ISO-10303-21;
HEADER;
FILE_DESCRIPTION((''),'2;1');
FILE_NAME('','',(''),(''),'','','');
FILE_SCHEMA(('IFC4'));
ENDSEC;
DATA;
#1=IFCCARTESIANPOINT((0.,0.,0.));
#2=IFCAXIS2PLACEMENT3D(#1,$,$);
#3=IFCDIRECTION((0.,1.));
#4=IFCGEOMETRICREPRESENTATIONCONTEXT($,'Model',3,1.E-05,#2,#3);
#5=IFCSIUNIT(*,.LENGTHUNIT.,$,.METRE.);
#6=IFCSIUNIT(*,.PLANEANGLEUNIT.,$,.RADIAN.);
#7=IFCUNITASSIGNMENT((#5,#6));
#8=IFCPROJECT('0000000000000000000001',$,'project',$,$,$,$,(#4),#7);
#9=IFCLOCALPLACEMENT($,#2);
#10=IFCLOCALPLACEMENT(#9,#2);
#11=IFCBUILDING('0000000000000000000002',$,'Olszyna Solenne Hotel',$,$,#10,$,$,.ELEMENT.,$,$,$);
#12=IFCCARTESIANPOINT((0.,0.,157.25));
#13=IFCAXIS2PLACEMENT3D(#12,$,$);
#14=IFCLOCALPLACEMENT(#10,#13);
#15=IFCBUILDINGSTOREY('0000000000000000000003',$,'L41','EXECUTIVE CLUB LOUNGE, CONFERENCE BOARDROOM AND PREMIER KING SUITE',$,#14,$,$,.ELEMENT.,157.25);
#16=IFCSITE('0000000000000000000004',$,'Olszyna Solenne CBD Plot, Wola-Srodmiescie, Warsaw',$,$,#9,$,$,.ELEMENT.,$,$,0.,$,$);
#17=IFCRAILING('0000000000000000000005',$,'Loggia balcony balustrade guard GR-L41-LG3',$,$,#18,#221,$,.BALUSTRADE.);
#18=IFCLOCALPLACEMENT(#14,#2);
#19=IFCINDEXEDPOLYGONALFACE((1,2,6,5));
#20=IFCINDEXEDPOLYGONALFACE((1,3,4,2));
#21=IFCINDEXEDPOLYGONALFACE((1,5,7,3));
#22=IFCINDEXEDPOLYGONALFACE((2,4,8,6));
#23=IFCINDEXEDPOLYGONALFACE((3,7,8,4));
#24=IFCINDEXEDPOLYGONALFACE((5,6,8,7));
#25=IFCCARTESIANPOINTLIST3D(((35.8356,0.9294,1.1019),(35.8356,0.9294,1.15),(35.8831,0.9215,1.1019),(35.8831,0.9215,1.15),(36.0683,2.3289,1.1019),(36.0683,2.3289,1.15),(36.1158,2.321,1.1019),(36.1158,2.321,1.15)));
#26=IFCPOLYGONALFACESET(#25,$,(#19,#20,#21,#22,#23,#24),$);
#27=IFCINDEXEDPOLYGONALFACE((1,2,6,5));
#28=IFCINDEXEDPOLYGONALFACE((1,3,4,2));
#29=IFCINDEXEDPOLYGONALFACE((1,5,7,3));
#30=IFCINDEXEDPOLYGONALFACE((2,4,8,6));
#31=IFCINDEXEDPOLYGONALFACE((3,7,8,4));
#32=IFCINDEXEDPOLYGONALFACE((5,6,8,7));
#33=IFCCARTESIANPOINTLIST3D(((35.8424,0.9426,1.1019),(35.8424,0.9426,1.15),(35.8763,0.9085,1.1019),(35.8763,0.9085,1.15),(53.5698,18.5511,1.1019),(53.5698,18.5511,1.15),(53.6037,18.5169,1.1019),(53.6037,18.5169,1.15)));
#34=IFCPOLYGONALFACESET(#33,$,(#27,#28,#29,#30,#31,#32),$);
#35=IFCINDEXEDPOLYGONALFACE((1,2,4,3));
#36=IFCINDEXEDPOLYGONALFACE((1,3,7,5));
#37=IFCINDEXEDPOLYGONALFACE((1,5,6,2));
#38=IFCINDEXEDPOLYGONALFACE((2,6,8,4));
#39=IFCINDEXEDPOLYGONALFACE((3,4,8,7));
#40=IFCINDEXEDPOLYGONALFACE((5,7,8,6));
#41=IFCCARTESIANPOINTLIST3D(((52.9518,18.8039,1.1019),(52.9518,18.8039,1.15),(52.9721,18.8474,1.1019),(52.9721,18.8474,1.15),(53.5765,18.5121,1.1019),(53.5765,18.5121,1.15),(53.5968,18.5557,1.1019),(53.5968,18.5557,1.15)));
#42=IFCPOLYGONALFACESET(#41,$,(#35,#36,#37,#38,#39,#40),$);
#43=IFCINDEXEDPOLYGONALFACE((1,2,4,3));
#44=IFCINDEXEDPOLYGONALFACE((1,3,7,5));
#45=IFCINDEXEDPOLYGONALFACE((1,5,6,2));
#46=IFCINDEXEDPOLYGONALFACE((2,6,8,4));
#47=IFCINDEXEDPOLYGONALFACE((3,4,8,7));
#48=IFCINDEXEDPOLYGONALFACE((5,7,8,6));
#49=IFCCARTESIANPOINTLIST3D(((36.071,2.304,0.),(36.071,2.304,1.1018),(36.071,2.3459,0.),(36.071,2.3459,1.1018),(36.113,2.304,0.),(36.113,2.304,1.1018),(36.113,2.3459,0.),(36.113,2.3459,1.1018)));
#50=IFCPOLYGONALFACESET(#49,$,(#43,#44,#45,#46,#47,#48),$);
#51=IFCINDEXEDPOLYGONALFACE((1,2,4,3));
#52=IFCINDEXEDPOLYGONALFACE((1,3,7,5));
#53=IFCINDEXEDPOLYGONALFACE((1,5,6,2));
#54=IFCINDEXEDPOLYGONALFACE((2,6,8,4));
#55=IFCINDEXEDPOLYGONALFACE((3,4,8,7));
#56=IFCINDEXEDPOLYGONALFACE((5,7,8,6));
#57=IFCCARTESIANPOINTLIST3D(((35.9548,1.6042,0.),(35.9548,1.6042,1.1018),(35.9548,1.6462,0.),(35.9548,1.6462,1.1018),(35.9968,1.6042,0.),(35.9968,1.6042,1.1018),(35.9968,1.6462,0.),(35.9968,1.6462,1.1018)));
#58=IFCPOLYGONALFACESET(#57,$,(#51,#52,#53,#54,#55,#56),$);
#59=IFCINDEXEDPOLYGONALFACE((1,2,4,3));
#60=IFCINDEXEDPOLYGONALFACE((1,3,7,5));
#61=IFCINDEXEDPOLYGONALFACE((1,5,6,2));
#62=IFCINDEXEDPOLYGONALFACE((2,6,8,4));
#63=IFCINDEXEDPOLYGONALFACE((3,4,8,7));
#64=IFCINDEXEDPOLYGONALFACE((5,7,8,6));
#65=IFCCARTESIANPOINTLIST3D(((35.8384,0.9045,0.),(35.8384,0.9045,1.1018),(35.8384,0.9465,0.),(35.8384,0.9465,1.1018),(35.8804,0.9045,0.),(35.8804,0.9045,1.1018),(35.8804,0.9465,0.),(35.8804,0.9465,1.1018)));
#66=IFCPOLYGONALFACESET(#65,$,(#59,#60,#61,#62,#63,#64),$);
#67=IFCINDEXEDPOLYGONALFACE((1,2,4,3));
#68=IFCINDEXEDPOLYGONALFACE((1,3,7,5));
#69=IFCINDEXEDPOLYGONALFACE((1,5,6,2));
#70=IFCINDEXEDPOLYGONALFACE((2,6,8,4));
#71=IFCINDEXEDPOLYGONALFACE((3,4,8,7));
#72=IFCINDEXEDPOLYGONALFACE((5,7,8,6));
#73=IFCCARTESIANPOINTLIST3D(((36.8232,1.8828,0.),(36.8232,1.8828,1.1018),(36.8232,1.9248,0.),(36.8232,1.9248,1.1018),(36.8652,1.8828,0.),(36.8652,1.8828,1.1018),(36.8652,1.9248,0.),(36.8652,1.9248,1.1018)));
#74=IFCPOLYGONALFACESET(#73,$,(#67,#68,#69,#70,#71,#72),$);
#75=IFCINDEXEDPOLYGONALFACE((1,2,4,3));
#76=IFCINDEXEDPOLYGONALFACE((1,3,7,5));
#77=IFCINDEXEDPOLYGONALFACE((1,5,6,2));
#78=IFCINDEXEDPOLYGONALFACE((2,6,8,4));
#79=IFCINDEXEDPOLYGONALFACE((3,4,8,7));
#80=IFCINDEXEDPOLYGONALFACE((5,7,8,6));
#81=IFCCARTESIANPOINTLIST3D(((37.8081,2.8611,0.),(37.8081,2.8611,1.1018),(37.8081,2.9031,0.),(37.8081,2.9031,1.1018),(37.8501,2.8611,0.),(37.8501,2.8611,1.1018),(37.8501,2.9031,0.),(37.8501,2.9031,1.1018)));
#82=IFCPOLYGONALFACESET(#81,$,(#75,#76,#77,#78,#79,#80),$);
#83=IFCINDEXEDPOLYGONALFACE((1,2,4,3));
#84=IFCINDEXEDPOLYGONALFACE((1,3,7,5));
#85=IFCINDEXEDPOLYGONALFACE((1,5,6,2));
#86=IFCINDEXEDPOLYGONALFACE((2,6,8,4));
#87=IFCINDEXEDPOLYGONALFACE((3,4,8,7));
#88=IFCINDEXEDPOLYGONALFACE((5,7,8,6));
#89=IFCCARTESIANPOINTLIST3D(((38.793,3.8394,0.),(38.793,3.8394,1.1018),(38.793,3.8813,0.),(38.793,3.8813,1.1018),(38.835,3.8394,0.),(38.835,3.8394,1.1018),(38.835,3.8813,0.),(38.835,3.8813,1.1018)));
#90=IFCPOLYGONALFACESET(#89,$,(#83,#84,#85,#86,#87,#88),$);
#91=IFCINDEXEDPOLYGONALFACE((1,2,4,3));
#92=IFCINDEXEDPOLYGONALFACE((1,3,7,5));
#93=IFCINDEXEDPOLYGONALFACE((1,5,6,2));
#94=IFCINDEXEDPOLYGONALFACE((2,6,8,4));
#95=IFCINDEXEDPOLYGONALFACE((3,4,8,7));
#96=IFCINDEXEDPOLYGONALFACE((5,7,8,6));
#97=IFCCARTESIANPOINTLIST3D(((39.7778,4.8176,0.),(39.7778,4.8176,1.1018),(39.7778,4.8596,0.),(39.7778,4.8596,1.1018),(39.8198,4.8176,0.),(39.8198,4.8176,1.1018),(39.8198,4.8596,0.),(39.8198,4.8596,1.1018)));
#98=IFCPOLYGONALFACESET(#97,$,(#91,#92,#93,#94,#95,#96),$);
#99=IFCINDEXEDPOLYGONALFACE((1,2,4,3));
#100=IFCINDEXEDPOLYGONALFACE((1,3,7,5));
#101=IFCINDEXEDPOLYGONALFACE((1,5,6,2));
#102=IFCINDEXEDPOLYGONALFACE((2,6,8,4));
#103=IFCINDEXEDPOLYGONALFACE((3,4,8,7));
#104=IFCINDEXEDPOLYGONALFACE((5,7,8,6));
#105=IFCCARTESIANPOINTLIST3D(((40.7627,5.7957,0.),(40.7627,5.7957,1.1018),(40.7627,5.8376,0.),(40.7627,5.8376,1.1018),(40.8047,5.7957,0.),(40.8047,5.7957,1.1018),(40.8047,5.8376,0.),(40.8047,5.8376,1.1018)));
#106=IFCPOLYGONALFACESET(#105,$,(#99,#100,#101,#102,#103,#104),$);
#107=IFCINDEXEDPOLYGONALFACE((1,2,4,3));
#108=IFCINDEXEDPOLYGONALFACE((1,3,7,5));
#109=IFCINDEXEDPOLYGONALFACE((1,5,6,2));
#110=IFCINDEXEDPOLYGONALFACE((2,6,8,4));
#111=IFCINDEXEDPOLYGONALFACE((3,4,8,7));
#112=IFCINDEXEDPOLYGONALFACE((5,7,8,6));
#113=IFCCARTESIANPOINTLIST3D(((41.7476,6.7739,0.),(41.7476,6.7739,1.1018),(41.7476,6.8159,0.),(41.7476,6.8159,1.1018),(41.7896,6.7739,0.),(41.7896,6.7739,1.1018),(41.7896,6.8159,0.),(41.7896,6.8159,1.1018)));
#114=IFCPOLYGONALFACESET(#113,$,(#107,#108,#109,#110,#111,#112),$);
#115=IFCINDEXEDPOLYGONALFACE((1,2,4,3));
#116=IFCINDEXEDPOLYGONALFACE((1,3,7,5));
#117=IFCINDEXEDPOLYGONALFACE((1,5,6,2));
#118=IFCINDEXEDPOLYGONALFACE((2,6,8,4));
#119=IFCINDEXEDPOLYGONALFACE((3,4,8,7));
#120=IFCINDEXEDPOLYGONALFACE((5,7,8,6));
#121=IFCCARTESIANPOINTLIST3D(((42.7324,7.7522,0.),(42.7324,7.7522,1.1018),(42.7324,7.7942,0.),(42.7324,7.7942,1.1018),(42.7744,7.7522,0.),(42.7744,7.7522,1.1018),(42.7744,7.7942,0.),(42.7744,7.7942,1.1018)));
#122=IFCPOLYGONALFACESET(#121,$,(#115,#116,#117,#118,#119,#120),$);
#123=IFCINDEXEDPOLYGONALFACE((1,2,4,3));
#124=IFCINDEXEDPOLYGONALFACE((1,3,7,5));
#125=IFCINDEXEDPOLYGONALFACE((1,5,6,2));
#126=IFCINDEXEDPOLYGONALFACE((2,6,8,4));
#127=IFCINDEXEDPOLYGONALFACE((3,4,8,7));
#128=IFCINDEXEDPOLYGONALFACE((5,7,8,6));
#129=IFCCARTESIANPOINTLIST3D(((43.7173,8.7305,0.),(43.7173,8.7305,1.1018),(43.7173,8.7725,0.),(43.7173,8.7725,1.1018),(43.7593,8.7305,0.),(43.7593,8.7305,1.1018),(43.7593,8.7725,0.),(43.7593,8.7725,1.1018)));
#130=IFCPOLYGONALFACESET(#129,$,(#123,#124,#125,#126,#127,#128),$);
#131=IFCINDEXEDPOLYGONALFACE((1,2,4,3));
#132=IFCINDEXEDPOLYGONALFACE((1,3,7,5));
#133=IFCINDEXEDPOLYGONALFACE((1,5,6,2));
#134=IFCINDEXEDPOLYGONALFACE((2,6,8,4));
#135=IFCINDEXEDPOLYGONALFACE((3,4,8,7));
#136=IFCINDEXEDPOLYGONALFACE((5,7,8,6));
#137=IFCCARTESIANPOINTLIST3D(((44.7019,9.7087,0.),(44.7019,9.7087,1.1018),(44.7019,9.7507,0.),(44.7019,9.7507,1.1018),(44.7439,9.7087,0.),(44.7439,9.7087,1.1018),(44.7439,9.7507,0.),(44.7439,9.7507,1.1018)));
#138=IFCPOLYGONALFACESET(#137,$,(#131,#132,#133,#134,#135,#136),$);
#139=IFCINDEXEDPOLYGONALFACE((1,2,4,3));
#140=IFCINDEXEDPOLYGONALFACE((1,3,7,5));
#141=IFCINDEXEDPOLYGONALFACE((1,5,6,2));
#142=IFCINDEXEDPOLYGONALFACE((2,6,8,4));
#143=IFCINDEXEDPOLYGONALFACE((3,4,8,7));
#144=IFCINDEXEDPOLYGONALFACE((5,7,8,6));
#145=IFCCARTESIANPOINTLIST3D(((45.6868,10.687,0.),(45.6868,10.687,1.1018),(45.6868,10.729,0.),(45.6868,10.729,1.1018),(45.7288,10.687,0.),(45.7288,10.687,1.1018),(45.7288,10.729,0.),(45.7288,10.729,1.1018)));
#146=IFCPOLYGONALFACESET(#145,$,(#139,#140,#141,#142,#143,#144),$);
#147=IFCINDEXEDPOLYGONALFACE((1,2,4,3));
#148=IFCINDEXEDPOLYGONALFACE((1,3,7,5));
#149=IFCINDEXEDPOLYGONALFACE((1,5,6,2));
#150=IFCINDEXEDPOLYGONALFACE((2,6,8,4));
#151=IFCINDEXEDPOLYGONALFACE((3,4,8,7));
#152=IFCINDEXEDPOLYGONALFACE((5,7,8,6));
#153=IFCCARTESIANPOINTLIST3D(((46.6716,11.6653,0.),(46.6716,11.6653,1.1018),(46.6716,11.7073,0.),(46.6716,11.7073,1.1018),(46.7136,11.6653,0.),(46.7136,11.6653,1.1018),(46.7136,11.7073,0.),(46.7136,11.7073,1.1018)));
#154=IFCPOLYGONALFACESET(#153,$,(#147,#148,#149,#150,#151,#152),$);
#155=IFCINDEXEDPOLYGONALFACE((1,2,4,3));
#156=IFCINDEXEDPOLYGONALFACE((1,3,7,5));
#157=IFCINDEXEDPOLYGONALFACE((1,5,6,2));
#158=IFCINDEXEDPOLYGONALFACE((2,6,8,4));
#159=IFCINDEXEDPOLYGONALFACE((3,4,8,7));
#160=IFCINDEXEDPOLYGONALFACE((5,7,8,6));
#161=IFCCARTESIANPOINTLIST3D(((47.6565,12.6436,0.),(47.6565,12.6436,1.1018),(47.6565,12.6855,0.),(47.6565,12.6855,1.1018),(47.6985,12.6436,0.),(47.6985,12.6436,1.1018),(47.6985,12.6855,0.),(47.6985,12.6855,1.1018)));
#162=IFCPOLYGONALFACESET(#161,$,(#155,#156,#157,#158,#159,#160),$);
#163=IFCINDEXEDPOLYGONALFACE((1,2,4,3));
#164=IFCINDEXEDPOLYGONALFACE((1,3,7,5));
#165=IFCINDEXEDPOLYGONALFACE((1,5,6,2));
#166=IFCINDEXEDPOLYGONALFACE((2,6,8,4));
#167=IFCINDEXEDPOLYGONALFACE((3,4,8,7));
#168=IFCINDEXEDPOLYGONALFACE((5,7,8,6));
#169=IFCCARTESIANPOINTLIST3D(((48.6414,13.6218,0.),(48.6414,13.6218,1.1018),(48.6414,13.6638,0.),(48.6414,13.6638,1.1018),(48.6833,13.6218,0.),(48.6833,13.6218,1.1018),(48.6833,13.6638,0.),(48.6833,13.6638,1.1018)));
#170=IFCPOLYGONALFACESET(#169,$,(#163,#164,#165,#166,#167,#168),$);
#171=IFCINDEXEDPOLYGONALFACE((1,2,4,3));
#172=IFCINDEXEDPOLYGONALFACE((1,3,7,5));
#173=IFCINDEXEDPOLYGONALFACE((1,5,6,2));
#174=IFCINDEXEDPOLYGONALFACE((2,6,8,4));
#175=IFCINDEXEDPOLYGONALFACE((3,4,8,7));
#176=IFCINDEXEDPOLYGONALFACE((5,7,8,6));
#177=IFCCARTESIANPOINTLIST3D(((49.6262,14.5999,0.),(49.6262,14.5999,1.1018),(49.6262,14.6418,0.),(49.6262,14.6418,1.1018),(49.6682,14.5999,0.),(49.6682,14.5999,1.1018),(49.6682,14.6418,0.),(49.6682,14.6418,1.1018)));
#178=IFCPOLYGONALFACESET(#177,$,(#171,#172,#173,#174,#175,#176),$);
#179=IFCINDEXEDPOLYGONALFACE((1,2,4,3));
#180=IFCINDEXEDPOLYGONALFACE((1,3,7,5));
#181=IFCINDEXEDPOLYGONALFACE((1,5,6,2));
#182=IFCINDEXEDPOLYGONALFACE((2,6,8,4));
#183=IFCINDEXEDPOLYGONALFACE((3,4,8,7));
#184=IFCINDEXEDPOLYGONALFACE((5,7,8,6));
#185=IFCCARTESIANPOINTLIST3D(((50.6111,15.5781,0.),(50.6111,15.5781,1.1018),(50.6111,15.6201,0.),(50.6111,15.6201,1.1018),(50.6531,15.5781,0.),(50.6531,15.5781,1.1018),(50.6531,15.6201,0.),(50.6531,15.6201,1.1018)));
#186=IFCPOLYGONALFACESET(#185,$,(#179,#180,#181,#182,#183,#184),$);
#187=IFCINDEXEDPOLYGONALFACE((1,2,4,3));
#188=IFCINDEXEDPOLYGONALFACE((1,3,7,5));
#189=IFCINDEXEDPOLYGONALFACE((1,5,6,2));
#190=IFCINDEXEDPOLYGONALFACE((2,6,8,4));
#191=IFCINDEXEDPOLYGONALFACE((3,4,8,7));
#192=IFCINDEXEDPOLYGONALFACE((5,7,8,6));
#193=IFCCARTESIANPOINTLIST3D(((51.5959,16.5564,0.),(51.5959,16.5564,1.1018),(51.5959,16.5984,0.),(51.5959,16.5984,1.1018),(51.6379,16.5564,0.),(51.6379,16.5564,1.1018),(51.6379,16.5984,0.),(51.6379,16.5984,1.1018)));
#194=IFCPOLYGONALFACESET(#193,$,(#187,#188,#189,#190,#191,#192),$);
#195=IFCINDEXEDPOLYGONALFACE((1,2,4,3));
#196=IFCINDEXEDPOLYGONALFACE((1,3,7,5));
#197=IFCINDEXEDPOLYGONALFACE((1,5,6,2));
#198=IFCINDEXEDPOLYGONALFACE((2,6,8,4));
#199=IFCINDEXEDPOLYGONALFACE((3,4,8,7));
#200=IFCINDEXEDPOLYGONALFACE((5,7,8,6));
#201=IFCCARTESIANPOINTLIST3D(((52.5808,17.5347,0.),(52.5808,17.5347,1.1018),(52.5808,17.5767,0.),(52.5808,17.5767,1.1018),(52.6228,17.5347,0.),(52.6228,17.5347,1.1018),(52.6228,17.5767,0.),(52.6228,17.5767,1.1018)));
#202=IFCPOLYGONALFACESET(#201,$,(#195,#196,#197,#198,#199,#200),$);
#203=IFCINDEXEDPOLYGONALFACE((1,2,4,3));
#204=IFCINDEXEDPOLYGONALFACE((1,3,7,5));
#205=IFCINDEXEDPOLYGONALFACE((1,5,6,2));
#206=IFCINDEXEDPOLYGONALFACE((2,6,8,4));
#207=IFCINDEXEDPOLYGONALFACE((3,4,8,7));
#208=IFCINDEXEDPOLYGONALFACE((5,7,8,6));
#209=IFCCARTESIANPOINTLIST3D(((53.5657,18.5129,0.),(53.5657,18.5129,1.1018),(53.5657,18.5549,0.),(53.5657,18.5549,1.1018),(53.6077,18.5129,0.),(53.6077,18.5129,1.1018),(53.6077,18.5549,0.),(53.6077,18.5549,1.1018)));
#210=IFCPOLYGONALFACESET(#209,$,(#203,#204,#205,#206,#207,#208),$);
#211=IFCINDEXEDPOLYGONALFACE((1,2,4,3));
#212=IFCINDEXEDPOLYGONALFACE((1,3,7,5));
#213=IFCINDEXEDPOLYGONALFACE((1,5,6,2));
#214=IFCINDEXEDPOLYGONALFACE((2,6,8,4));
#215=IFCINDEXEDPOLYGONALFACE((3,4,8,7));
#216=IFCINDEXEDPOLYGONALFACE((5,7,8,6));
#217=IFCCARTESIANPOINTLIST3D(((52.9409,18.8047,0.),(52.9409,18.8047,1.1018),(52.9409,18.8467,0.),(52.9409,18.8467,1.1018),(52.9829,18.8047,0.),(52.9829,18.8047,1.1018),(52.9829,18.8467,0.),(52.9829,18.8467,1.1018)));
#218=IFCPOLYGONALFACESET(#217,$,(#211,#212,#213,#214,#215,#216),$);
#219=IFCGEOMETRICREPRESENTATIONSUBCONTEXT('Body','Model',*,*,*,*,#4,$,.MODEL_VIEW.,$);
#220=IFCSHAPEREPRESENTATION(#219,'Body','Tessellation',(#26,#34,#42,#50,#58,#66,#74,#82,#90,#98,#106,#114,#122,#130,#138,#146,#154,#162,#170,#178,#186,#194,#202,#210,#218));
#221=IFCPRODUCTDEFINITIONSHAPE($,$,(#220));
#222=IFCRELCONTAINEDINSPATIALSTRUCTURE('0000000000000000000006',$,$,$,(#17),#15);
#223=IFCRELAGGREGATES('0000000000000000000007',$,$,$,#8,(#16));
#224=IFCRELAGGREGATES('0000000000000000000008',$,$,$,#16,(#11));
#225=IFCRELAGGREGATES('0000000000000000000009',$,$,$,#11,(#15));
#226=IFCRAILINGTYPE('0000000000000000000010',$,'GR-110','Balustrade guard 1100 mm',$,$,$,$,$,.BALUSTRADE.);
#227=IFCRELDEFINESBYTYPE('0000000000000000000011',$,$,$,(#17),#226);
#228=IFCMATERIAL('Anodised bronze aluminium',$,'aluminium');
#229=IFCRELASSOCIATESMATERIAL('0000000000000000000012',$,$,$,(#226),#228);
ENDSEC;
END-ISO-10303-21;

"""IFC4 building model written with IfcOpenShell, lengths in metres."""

from ifc_helpers import new_model, si_unit, direction, frame, origin, origin_2d, place, context, subcontext, project, spatial, rectangle, extrude, material, type_object, element, save


model = new_model("IFC4")

# Units and contexts
model_context = context("Model", 3, precision=1e-05, world=origin(), true_north=direction((0.0, 1.0)))
body_context = subcontext(model_context, "Body", "Model", "MODEL_VIEW")
ifc_project = project(units=[si_unit("LENGTHUNIT", "METRE"), si_unit("PLANEANGLEUNIT", "RADIAN")], contexts=[model_context])

# Site, building, storey
site_placement = place(None, origin())
site = spatial("IfcSite", under=ifc_project, at=site_placement, Name="Olszyna Solenne CBD Plot, Wola-Srodmiescie, Warsaw", CompositionType="ELEMENT", RefElevation=0.0)
building_placement = place(site_placement, origin())
building = spatial("IfcBuilding", under=site, at=building_placement, Name="Olszyna Solenne Hotel", CompositionType="ELEMENT")
storey_placement = place(building_placement, frame((0.0, 0.0, 157.25)))
storey = spatial("IfcBuildingStorey", under=building, at=storey_placement, Name="L41", Description="EXECUTIVE CLUB LOUNGE, CONFERENCE BOARDROOM AND PREMIER KING SUITE", CompositionType="ELEMENT", Elevation=157.25)

# Railing
ifc_material_1 = material(Name="Anodised bronze aluminium", Category="aluminium")
railing_type = type_object("IfcRailingType", Name="GR-110", Description="Balustrade guard 1100 mm", PredefinedType="BALUSTRADE", material=ifc_material_1)
railing_placement = place(storey_placement, frame((36.092, 2.325, 0.0)))
element("IfcRailing", 1, at=railing_placement, inside=storey, type_object=railing_type, Name="Loggia balcony balustrade guard GR-L41-LG3", PredefinedType="BALUSTRADE", context=body_context, shape_type="SweptSolid", body=[
    extrude(rectangle(XDim=0.0481, YDim=0.0481, at=origin_2d()), frame((0.0, 0.0, 1.126), z_axis=(-0.164008, -0.986459, 0.0), x_axis=(0.986459, -0.164008, 0.0)), (0.0, 0.0, 1.0), 1.4187),
    extrude(rectangle(XDim=0.0481, YDim=0.0481, at=origin_2d()), frame((-0.2327, -1.3994, 1.126), z_axis=(0.709482, 0.704724, 0.0), x_axis=(-0.704724, 0.709482, 0.0)), (0.0, 0.0, 1.0), 24.9863),
    extrude(rectangle(XDim=0.0481, YDim=0.0481, at=origin_2d()), frame((17.4946, 16.209, 1.126), z_axis=(-0.906075, 0.423118, 0.0), x_axis=(-0.423118, -0.906075, 0.0)), (0.0, 0.0, 1.0), 0.6895),
    extrude(rectangle(XDim=0.042, YDim=0.042, at=origin_2d()), origin(), (0.0, 0.0, 1.0), 1.1018),
    extrude(rectangle(XDim=0.042, YDim=0.042, at=origin_2d()), frame((-0.1162, -0.6997, 0.0)), (0.0, 0.0, 1.0), 1.1018),
    extrude(rectangle(XDim=0.042, YDim=0.042, at=origin_2d()), frame((-0.2327, -1.3994, 0.0)), (0.0, 0.0, 1.0), 1.1018),
    extrude(rectangle(XDim=0.042, YDim=0.042, at=origin_2d()), frame((0.7522, -0.4211, 0.0)), (0.0, 0.0, 1.0), 1.1018),
    extrude(rectangle(XDim=0.042, YDim=0.042, at=origin_2d()), frame((1.7371, 0.5571, 0.0)), (0.0, 0.0, 1.0), 1.1018),
    extrude(rectangle(XDim=0.042, YDim=0.042, at=origin_2d()), frame((2.7219, 1.5354, 0.0)), (0.0, 0.0, 1.0), 1.1018),
    extrude(rectangle(XDim=0.042, YDim=0.042, at=origin_2d()), frame((3.7068, 2.5137, 0.0)), (0.0, 0.0, 1.0), 1.1018),
    extrude(rectangle(XDim=0.042, YDim=0.042, at=origin_2d()), frame((4.6917, 3.4917, 0.0)), (0.0, 0.0, 1.0), 1.1018),
    extrude(rectangle(XDim=0.042, YDim=0.042, at=origin_2d()), frame((5.6765, 4.47, 0.0)), (0.0, 0.0, 1.0), 1.1018),
    extrude(rectangle(XDim=0.042, YDim=0.042, at=origin_2d()), frame((6.6614, 5.4482, 0.0)), (0.0, 0.0, 1.0), 1.1018),
    extrude(rectangle(XDim=0.042, YDim=0.042, at=origin_2d()), frame((7.6462, 6.4265, 0.0)), (0.0, 0.0, 1.0), 1.1018),
    extrude(rectangle(XDim=0.042, YDim=0.042, at=origin_2d()), frame((8.6309, 7.4048, 0.0)), (0.0, 0.0, 1.0), 1.1018),
    extrude(rectangle(XDim=0.042, YDim=0.042, at=origin_2d()), frame((9.6157, 8.3831, 0.0)), (0.0, 0.0, 1.0), 1.1018),
    extrude(rectangle(XDim=0.042, YDim=0.042, at=origin_2d()), frame((10.6006, 9.3613, 0.0)), (0.0, 0.0, 1.0), 1.1018),
    extrude(rectangle(XDim=0.042, YDim=0.042, at=origin_2d()), frame((11.5854, 10.3396, 0.0)), (0.0, 0.0, 1.0), 1.1018),
    extrude(rectangle(XDim=0.042, YDim=0.042, at=origin_2d()), frame((12.5703, 11.3179, 0.0)), (0.0, 0.0, 1.0), 1.1018),
    extrude(rectangle(XDim=0.042, YDim=0.042, at=origin_2d()), frame((13.5552, 12.2959, 0.0)), (0.0, 0.0, 1.0), 1.1018),
    extrude(rectangle(XDim=0.042, YDim=0.042, at=origin_2d()), frame((14.54, 13.2742, 0.0)), (0.0, 0.0, 1.0), 1.1018),
    extrude(rectangle(XDim=0.042, YDim=0.042, at=origin_2d()), frame((15.5249, 14.2524, 0.0)), (0.0, 0.0, 1.0), 1.1018),
    extrude(rectangle(XDim=0.042, YDim=0.042, at=origin_2d()), frame((16.5098, 15.2307, 0.0)), (0.0, 0.0, 1.0), 1.1018),
    extrude(rectangle(XDim=0.042, YDim=0.042, at=origin_2d()), frame((17.4946, 16.209, 0.0)), (0.0, 0.0, 1.0), 1.1018),
    extrude(rectangle(XDim=0.042, YDim=0.042, at=origin_2d()), frame((16.8699, 16.5007, 0.0)), (0.0, 0.0, 1.0), 1.1018),
])

save(model, "model.ifc")
